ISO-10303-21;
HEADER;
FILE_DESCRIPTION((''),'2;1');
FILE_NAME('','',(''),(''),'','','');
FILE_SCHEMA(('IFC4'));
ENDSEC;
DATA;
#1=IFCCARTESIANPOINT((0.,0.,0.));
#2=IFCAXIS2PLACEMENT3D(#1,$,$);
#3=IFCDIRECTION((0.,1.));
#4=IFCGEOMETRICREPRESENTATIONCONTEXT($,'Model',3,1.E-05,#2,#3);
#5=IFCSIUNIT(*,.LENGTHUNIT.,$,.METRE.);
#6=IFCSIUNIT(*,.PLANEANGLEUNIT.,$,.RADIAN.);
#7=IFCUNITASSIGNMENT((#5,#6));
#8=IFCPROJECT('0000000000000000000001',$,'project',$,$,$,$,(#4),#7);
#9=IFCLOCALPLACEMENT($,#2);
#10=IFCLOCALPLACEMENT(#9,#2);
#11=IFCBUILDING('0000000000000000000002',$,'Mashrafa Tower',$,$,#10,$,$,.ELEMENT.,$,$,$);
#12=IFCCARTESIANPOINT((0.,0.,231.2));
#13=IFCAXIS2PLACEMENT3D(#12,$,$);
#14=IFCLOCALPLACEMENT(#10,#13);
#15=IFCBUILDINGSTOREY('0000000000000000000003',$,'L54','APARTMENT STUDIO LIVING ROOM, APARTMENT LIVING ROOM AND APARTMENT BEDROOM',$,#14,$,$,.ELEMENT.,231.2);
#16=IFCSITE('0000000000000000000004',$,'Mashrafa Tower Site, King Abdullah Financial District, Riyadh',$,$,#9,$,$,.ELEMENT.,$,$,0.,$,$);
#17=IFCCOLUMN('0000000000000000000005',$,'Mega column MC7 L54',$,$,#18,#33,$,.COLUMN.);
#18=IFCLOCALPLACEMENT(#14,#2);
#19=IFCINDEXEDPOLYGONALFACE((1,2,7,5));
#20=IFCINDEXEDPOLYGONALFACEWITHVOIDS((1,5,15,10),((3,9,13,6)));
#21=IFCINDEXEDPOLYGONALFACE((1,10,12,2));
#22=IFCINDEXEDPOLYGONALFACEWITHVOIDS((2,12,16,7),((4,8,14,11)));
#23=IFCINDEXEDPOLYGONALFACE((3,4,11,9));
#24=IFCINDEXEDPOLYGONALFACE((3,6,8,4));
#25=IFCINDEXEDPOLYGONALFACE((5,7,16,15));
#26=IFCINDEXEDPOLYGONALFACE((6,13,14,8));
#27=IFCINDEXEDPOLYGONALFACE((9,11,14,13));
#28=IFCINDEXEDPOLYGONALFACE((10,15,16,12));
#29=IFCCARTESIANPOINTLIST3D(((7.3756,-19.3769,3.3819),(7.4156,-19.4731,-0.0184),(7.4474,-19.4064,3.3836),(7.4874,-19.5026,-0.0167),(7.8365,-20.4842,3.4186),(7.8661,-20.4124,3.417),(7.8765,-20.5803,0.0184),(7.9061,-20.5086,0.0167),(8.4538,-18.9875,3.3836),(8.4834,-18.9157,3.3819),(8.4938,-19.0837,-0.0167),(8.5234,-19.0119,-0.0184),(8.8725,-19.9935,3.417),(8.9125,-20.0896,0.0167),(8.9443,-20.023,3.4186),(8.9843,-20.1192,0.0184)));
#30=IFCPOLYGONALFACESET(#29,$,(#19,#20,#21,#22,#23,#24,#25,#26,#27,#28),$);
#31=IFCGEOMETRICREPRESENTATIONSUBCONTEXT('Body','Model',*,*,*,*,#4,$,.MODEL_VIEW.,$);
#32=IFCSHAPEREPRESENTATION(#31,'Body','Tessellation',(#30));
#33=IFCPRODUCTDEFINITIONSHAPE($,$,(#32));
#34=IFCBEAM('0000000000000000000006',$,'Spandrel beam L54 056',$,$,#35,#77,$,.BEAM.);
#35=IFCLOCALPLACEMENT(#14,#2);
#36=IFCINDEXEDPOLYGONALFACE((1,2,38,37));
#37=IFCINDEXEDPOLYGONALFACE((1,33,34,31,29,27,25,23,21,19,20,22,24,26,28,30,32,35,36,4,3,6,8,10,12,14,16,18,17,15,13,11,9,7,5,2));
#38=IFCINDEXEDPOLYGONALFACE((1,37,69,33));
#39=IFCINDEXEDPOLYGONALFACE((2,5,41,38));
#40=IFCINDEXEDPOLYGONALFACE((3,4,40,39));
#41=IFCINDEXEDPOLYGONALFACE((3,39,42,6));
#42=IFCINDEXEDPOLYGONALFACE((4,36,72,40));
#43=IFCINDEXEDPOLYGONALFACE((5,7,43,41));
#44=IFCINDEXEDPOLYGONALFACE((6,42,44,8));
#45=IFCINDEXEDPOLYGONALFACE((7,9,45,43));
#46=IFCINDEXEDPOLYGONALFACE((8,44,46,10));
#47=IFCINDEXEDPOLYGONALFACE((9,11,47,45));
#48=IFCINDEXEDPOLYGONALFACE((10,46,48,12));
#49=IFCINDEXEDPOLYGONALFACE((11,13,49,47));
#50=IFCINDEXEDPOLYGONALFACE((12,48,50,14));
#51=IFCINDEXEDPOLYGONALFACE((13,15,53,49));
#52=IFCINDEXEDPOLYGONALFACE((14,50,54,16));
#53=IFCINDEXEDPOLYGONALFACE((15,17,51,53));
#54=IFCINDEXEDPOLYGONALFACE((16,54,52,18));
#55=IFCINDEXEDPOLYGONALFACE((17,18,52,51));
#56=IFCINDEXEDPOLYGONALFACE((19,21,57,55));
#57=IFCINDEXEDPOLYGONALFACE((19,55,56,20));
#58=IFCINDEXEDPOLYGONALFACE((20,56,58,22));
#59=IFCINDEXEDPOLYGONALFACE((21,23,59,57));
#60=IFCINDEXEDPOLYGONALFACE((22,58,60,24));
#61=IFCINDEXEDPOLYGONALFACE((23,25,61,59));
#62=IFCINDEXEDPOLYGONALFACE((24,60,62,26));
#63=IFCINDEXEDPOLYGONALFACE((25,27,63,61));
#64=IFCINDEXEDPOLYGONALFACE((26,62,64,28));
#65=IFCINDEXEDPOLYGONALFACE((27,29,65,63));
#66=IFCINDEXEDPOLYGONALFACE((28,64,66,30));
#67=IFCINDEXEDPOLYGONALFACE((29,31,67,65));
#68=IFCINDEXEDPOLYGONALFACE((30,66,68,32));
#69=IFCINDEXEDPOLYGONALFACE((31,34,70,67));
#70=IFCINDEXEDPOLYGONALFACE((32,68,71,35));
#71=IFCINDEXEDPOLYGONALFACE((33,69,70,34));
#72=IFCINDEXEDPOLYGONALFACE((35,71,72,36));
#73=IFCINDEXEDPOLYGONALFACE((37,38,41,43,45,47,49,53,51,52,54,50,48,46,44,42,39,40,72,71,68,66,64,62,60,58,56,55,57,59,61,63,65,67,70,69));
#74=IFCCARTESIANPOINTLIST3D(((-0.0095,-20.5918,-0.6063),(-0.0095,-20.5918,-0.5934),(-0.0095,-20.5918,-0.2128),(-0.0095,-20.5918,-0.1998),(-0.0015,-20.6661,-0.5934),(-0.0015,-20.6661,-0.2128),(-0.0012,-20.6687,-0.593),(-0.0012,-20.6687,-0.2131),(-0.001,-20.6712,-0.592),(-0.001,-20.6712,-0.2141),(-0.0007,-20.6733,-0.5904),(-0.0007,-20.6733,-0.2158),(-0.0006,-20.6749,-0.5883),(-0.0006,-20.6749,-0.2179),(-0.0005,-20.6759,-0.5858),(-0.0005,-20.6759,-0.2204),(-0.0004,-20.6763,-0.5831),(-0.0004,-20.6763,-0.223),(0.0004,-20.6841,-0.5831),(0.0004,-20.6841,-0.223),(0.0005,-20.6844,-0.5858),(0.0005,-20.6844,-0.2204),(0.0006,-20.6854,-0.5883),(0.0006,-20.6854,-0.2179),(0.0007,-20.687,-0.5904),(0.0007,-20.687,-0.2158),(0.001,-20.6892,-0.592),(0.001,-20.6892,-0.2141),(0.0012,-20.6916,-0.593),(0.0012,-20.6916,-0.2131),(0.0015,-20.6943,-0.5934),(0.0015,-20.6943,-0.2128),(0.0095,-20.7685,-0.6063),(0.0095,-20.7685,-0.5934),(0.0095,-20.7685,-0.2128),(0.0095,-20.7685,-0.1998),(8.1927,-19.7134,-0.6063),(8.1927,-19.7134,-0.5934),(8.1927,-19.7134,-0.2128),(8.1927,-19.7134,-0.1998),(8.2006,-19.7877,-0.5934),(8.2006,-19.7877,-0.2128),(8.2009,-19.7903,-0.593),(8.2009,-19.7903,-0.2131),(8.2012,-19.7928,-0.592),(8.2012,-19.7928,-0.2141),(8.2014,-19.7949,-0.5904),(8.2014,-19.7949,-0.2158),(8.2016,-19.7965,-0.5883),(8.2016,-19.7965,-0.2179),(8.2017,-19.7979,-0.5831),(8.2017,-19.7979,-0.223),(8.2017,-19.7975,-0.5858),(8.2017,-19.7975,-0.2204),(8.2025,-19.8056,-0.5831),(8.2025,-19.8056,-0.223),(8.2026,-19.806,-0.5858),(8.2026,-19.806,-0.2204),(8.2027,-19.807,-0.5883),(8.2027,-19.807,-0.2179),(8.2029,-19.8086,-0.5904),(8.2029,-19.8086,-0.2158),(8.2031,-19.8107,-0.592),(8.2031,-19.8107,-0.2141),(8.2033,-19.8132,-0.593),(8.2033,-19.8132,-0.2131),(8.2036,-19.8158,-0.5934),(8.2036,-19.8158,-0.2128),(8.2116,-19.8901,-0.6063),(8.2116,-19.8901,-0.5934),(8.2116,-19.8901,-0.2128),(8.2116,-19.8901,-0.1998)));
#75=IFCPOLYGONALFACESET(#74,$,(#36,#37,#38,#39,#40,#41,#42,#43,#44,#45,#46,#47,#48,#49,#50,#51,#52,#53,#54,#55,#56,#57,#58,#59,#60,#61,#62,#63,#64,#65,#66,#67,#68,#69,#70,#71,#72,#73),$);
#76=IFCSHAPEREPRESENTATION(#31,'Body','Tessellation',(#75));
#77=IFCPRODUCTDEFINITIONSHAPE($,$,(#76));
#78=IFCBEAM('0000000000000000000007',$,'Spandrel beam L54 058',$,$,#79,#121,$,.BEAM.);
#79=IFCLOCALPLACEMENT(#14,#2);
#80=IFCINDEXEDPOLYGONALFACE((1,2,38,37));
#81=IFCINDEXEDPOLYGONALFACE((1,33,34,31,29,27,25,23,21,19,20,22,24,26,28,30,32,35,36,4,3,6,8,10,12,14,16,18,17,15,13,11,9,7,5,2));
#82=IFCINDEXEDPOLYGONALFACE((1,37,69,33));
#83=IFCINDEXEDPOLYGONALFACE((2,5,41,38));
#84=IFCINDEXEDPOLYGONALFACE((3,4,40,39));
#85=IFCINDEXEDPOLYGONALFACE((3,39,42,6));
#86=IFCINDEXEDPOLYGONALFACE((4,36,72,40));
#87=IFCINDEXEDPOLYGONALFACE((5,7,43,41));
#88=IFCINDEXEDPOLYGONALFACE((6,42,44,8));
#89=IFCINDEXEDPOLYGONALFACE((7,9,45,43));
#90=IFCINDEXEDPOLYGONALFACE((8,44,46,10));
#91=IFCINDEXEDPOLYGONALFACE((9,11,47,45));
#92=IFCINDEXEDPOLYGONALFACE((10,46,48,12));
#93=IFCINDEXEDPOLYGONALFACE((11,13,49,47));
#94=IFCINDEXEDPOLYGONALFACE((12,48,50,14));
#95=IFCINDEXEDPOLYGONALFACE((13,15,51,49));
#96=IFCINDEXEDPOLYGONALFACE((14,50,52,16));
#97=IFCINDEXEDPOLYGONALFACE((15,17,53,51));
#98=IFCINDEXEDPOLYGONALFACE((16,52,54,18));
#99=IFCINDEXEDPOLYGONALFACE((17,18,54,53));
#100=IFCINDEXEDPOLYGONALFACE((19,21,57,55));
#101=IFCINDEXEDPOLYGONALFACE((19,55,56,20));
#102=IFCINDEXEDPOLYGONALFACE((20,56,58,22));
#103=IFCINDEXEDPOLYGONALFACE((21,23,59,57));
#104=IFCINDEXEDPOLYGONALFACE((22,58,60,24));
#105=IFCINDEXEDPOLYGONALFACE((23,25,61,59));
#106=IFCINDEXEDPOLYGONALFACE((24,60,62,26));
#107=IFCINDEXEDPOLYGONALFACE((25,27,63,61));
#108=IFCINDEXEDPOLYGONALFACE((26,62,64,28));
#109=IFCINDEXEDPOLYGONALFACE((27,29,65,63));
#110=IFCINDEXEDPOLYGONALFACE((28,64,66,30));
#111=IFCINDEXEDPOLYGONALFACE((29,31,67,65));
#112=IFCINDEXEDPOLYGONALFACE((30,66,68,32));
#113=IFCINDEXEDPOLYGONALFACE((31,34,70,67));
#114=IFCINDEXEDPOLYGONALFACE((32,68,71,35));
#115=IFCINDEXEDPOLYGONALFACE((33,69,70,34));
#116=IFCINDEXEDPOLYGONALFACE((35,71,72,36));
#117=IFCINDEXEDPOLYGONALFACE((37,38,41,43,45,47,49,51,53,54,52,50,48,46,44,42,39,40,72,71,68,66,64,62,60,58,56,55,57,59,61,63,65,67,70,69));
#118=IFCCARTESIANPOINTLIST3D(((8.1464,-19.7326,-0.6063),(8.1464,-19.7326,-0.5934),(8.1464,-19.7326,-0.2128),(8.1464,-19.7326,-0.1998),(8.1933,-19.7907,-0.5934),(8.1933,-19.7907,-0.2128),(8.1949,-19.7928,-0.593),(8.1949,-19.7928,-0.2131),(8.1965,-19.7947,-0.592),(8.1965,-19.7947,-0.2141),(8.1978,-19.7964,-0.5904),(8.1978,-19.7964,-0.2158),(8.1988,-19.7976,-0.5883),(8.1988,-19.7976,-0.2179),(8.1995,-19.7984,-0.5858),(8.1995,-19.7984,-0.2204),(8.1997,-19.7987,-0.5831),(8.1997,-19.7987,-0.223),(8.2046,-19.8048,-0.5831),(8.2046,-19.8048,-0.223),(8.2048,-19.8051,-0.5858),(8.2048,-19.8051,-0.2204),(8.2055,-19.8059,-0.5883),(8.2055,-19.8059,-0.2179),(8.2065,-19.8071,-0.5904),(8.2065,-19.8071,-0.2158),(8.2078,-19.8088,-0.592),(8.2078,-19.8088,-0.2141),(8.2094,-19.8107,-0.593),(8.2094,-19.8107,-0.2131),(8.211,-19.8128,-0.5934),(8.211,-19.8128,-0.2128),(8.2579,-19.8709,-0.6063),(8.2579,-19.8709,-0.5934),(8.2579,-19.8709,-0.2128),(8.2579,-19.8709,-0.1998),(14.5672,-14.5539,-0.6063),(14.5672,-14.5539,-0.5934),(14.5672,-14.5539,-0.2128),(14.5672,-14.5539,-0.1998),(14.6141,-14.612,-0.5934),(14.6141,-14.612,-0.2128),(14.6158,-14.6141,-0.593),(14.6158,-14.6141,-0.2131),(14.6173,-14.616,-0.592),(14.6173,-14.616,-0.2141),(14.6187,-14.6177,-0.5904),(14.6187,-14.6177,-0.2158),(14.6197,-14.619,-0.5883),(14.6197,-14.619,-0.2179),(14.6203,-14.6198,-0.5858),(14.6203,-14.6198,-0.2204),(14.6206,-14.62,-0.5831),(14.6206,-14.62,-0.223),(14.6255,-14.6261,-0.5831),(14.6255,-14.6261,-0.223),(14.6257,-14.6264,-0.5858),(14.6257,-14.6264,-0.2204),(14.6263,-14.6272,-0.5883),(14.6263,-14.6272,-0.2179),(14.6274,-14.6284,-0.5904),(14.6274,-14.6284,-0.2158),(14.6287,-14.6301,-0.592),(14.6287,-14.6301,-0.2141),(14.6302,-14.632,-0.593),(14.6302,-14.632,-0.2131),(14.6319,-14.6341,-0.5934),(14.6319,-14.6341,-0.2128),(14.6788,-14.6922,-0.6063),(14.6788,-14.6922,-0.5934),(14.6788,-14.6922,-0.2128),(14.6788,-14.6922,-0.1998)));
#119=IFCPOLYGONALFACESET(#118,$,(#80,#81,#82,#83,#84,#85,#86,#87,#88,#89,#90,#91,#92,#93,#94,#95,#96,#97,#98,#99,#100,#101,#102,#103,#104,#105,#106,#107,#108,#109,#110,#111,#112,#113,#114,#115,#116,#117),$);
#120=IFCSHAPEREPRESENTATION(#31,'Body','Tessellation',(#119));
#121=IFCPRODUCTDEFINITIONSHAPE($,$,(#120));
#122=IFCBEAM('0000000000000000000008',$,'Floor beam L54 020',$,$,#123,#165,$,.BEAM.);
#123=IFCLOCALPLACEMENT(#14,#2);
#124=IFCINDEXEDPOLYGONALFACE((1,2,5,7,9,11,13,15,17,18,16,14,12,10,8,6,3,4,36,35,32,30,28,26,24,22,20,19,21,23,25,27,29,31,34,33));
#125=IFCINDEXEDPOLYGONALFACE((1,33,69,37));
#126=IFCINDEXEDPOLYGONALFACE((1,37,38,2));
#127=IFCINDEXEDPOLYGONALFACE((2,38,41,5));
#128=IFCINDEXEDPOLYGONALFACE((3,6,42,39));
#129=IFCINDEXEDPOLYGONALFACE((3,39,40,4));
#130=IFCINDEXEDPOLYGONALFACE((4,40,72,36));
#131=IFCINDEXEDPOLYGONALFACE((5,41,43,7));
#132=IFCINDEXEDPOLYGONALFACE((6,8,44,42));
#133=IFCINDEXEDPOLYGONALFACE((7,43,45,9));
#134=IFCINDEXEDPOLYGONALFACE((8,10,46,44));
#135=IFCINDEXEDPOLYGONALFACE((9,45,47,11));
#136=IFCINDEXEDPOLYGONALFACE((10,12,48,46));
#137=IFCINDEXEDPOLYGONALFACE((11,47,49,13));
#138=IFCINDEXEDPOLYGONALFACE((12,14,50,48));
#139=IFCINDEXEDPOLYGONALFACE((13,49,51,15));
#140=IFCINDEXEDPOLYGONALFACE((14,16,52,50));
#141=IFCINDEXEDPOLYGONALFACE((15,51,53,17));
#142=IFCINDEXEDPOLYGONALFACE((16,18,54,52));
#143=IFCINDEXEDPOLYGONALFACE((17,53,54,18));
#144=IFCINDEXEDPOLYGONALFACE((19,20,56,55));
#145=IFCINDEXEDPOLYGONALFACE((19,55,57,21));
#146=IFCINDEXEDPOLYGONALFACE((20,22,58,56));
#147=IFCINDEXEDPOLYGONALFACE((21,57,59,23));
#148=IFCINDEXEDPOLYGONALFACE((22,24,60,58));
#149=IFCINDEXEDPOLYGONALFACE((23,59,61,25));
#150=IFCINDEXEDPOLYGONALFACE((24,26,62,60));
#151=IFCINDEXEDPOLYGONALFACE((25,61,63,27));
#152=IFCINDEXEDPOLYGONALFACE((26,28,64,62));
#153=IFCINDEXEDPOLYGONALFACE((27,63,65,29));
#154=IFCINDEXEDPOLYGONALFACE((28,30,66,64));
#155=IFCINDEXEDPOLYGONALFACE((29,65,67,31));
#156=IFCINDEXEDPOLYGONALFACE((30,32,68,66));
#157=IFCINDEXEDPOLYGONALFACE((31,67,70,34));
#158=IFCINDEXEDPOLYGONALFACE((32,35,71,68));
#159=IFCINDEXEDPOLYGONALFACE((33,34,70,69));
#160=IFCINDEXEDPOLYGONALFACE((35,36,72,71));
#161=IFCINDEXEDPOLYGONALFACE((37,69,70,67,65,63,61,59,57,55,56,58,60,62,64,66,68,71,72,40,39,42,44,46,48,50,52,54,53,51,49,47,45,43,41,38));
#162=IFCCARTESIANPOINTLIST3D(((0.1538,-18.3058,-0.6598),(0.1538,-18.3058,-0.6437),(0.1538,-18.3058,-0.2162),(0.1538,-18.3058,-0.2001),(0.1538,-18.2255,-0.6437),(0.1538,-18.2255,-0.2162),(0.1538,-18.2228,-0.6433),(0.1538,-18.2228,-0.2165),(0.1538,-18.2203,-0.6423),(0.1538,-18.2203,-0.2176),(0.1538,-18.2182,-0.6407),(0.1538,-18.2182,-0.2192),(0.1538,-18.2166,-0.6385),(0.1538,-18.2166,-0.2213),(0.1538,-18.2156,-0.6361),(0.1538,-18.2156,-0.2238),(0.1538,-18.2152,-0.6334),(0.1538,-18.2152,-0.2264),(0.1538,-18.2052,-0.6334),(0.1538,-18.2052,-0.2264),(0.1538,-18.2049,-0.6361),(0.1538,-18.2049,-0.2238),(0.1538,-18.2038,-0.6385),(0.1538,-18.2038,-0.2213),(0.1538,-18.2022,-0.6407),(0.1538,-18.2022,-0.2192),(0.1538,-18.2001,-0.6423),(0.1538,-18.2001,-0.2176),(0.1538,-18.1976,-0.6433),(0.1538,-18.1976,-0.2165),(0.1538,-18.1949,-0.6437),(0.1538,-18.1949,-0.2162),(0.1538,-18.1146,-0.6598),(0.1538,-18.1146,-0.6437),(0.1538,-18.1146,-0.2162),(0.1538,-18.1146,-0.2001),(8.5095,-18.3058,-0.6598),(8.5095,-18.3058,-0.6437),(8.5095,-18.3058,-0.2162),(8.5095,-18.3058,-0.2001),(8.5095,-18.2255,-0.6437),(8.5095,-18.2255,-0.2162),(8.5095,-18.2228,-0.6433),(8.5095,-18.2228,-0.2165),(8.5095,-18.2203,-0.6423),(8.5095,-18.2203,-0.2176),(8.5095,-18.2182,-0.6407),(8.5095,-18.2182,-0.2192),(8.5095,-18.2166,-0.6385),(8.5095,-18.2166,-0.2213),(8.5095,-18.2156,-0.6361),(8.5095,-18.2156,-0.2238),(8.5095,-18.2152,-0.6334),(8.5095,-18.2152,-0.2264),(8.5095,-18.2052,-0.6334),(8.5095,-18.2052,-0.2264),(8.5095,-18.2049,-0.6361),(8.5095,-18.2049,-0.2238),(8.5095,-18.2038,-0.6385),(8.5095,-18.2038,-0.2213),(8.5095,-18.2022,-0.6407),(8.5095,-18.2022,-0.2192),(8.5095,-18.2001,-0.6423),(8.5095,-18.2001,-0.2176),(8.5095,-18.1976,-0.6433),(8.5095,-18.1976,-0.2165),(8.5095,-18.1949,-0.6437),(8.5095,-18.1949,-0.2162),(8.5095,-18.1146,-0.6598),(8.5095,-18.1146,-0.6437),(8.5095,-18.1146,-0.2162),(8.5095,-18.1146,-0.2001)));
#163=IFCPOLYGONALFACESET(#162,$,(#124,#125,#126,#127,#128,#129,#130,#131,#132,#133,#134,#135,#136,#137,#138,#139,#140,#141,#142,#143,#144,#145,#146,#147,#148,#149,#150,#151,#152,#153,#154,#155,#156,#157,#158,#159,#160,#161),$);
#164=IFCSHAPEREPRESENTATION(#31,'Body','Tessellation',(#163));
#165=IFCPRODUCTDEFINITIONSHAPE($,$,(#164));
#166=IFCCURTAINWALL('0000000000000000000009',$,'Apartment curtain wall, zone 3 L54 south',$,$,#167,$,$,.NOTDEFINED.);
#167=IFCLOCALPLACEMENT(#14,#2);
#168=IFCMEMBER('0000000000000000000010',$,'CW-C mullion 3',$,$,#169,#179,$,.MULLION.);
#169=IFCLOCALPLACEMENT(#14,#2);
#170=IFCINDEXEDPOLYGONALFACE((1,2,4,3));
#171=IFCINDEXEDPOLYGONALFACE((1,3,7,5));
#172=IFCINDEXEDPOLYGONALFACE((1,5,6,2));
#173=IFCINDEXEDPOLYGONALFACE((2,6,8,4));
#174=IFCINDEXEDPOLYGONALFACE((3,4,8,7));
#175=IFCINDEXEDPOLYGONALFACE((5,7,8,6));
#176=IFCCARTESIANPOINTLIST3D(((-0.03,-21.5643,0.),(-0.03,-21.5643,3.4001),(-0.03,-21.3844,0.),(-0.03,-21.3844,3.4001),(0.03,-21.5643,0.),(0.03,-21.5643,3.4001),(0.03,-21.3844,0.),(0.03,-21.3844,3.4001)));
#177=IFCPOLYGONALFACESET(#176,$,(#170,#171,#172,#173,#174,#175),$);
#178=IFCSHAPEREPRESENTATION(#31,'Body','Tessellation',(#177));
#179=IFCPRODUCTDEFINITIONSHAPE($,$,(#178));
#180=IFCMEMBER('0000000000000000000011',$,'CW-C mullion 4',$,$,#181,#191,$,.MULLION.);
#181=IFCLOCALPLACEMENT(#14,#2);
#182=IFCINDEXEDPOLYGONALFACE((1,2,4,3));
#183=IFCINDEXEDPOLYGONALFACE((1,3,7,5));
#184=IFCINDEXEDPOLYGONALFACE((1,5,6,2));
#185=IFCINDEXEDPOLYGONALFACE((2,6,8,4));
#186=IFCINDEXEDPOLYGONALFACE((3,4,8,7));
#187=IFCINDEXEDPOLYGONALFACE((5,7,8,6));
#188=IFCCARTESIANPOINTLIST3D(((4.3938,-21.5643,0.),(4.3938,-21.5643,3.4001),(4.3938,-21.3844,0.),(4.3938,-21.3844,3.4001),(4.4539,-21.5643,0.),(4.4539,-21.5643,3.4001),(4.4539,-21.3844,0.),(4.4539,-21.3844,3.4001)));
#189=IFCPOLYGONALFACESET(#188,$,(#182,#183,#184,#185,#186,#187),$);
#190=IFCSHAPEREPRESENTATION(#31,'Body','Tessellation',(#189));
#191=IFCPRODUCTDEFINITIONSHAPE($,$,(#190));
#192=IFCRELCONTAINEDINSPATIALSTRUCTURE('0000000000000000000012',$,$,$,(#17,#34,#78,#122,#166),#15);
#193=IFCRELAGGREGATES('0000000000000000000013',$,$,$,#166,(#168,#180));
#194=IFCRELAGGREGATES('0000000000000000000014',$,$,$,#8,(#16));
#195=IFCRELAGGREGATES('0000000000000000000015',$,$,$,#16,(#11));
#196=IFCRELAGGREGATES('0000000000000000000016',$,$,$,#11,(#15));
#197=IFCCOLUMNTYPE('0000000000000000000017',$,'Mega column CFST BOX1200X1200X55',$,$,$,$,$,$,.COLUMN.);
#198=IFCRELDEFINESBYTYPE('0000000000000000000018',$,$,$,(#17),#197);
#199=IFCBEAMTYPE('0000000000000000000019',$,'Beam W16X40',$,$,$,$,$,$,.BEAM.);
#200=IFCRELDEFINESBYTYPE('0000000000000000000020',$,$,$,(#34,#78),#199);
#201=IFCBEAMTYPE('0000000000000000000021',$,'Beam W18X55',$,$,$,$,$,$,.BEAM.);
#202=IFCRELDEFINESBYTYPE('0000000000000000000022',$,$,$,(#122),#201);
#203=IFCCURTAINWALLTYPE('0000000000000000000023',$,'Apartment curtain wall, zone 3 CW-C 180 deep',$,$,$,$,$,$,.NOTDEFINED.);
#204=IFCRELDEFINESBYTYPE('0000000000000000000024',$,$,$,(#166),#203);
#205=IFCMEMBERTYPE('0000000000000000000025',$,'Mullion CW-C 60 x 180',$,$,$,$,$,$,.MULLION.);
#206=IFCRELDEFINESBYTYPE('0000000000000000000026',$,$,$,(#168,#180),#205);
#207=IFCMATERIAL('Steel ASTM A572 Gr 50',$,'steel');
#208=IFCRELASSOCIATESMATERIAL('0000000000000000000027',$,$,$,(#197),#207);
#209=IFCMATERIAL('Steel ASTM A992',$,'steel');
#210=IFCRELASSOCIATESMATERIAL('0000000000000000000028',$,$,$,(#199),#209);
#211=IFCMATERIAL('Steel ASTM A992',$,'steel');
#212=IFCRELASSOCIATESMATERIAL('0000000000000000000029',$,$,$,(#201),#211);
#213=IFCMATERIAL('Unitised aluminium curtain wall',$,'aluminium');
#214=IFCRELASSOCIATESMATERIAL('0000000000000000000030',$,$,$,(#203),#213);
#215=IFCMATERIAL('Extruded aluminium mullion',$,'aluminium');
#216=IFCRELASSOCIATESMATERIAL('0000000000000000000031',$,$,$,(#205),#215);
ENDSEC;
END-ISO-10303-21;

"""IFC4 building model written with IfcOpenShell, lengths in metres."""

from ifc_helpers import new_model, si_unit, direction, frame, origin, origin_2d, place, context, subcontext, project, spatial, rectangle, hollow_rectangle, i_section, extrude, source, transform, mapped, material, material_profile, profile_set, type_object, type_shapes, element, aggregate, save


model = new_model("IFC4")

# Units and contexts
model_context = context("Model", 3, precision=1e-05, world=origin(), true_north=direction((0.0, 1.0)))
body_context = subcontext(model_context, "Body", "Model", "MODEL_VIEW")
ifc_project = project(units=[si_unit("LENGTHUNIT", "METRE"), si_unit("PLANEANGLEUNIT", "RADIAN")], contexts=[model_context])

# Site, building, storey
site_placement = place(None, origin())
site = spatial("IfcSite", under=ifc_project, at=site_placement, Name="Mashrafa Tower Site, King Abdullah Financial District, Riyadh", CompositionType="ELEMENT", RefElevation=0.0)
building_placement = place(site_placement, origin())
building = spatial("IfcBuilding", under=site, at=building_placement, Name="Mashrafa Tower", CompositionType="ELEMENT")
storey_placement = place(building_placement, frame((0.0, 0.0, 231.2)))
storey = spatial("IfcBuildingStorey", under=building, at=storey_placement, Name="L54", Description="APARTMENT STUDIO LIVING ROOM, APARTMENT LIVING ROOM AND APARTMENT BEDROOM", CompositionType="ELEMENT", Elevation=231.2)

# Column
ifc_material_1 = material(Name="Steel ASTM A572 Gr 50", Category="steel")
ifc_material_profile_1 = material_profile(ifc_material_1, hollow_rectangle(XDim=1.2, YDim=1.2, WallThickness=0.0549, at=origin_2d()), Name="BOX1200X1200X55")
ifc_profile_set_1 = profile_set([ifc_material_profile_1], Name="Steel ASTM A572 Gr 50")
column_type = type_object("IfcColumnType", Name="Mega column CFST BOX1200X1200X55", PredefinedType="COLUMN", material=ifc_profile_set_1)
column_placement = place(storey_placement, frame((8.2, -19.7961, 0.0), z_axis=(-0.01177, 0.028277, 0.999531), x_axis=(-0.923216, -0.384283, 0.0)))
element("IfcColumn", 1, at=column_placement, inside=storey, type_object=column_type, Name="Mega column MC7 L54", PredefinedType="COLUMN", context=body_context, shape_type="SweptSolid", body=[
    extrude(hollow_rectangle(XDim=1.2, YDim=1.2, WallThickness=0.0549, at=origin_2d()), origin(), (0.0, 0.0, 1.0), 3.4019),
])

# Beams
ifc_material_2 = material(Name="Steel ASTM A992", Category="steel")
ifc_material_profile_2 = material_profile(ifc_material_2, i_section(OverallWidth=0.1777, OverallDepth=0.4065, WebThickness=0.0078, FlangeThickness=0.0129, FilletRadius=0.0103, at=origin_2d()), Name="W16X40")
ifc_profile_set_2 = profile_set([ifc_material_profile_2], Name="Steel ASTM A992")
beam_type_1 = type_object("IfcBeamType", Name="Beam W16X40", PredefinedType="BEAM", material=ifc_profile_set_2)
for number, where, z_axis, x_axis, name in (
    (2, (0.0, -20.6802, -0.4031), (0.994314, 0.106487, 0.0), (-0.106487, 0.994314, 0.0), "Spandrel beam L54 056"),
    (3, (8.2021, -19.8018, -0.4031), (0.778379, 0.627794, 0.0), (-0.627794, 0.778379, 0.0), "Spandrel beam L54 058"),
):
    element("IfcBeam", number, at=place(storey_placement, frame(where, z_axis=z_axis, x_axis=x_axis)), inside=storey, type_object=beam_type_1, Name=name, PredefinedType="BEAM", context=body_context, shape_type="SweptSolid", body=[
        extrude(i_section(OverallWidth=0.1777, OverallDepth=0.4065, WebThickness=0.0078, FlangeThickness=0.0129, FilletRadius=0.0103, at=origin_2d()), origin(), (0.0, 0.0, 1.0), 8.249),
    ])
ifc_material_3 = material(Name="Steel ASTM A992", Category="steel")
ifc_material_profile_3 = material_profile(ifc_material_3, i_section(OverallWidth=0.1912, OverallDepth=0.4597, WebThickness=0.01, FlangeThickness=0.0161, FilletRadius=0.0103, at=origin_2d()), Name="W18X55")
ifc_profile_set_3 = profile_set([ifc_material_profile_3], Name="Steel ASTM A992")
beam_type_2 = type_object("IfcBeamType", Name="Beam W18X55", PredefinedType="BEAM", material=ifc_profile_set_3)
beam_placement = place(storey_placement, frame((8.5095, -18.2102, -0.4299), z_axis=(-1.0, 0.0, 0.0), x_axis=(0.0, -1.0, 0.0)))
element("IfcBeam", 4, at=beam_placement, inside=storey, type_object=beam_type_2, Name="Floor beam L54 020", PredefinedType="BEAM", context=body_context, shape_type="SweptSolid", body=[
    extrude(i_section(OverallWidth=0.1912, OverallDepth=0.4597, WebThickness=0.01, FlangeThickness=0.0161, FilletRadius=0.0103, at=origin_2d()), origin(), (0.0, 0.0, 1.0), 8.3557),
])

# Curtain wall, members
ifc_material_4 = material(Name="Unitised aluminium curtain wall", Category="aluminium")
curtain_wall_type = type_object("IfcCurtainWallType", Name="Apartment curtain wall, zone 3 CW-C 180 deep", PredefinedType="NOTDEFINED", material=ifc_material_4)
curtain_wall_1_placement = place(storey_placement, origin())
curtain_wall_1 = element("IfcCurtainWall", 5, at=curtain_wall_1_placement, inside=storey, type_object=curtain_wall_type, Name="Apartment curtain wall, zone 3 L54 south", PredefinedType="NOTDEFINED")
ifc_material_5 = material(Name="Extruded aluminium mullion", Category="aluminium")
ifc_material_profile_4 = material_profile(ifc_material_5, rectangle(XDim=0.1799, YDim=0.0601, at=origin_2d()), Name="Mullion 60x180")
ifc_profile_set_4 = profile_set([ifc_material_profile_4], Name="Extruded aluminium mullion")
member_type_1 = type_object("IfcMemberType", Name="Mullion CW-C 60 x 180", PredefinedType="MULLION", material=ifc_profile_set_4)
shared_shape_1 = source(origin(), body_context, "Body", "SweptSolid", [
    extrude(rectangle(XDim=0.1799, YDim=0.0601, at=origin_2d()), origin(), (0.0, 0.0, 1.0), 3.4001),
])
type_shapes(member_type_1, [shared_shape_1])
member_1_placement = place(storey_placement, frame((0.0, -21.4744, 0.0), z_axis=(0.0, 0.0, 1.0), x_axis=(0.0, 1.0, 0.0)))
member_1 = element("IfcMember", 6, at=member_1_placement, type_object=member_type_1, Name="CW-C mullion 3", PredefinedType="MULLION", context=body_context, shape_type="MappedRepresentation", body=[
    mapped(shared_shape_1, transform((0.0, 0.0, 0.0))),
])
member_2_placement = place(storey_placement, frame((4.4238, -21.4744, 0.0), z_axis=(0.0, 0.0, 1.0), x_axis=(0.0, 1.0, 0.0)))
member_2 = element("IfcMember", 7, at=member_2_placement, type_object=member_type_1, Name="CW-C mullion 4", PredefinedType="MULLION", context=body_context, shape_type="MappedRepresentation", body=[
    mapped(shared_shape_1, transform((0.0, 0.0, 0.0))),
])

aggregate(curtain_wall_1, [member_1, member_2])

save(model, "model.ifc")
